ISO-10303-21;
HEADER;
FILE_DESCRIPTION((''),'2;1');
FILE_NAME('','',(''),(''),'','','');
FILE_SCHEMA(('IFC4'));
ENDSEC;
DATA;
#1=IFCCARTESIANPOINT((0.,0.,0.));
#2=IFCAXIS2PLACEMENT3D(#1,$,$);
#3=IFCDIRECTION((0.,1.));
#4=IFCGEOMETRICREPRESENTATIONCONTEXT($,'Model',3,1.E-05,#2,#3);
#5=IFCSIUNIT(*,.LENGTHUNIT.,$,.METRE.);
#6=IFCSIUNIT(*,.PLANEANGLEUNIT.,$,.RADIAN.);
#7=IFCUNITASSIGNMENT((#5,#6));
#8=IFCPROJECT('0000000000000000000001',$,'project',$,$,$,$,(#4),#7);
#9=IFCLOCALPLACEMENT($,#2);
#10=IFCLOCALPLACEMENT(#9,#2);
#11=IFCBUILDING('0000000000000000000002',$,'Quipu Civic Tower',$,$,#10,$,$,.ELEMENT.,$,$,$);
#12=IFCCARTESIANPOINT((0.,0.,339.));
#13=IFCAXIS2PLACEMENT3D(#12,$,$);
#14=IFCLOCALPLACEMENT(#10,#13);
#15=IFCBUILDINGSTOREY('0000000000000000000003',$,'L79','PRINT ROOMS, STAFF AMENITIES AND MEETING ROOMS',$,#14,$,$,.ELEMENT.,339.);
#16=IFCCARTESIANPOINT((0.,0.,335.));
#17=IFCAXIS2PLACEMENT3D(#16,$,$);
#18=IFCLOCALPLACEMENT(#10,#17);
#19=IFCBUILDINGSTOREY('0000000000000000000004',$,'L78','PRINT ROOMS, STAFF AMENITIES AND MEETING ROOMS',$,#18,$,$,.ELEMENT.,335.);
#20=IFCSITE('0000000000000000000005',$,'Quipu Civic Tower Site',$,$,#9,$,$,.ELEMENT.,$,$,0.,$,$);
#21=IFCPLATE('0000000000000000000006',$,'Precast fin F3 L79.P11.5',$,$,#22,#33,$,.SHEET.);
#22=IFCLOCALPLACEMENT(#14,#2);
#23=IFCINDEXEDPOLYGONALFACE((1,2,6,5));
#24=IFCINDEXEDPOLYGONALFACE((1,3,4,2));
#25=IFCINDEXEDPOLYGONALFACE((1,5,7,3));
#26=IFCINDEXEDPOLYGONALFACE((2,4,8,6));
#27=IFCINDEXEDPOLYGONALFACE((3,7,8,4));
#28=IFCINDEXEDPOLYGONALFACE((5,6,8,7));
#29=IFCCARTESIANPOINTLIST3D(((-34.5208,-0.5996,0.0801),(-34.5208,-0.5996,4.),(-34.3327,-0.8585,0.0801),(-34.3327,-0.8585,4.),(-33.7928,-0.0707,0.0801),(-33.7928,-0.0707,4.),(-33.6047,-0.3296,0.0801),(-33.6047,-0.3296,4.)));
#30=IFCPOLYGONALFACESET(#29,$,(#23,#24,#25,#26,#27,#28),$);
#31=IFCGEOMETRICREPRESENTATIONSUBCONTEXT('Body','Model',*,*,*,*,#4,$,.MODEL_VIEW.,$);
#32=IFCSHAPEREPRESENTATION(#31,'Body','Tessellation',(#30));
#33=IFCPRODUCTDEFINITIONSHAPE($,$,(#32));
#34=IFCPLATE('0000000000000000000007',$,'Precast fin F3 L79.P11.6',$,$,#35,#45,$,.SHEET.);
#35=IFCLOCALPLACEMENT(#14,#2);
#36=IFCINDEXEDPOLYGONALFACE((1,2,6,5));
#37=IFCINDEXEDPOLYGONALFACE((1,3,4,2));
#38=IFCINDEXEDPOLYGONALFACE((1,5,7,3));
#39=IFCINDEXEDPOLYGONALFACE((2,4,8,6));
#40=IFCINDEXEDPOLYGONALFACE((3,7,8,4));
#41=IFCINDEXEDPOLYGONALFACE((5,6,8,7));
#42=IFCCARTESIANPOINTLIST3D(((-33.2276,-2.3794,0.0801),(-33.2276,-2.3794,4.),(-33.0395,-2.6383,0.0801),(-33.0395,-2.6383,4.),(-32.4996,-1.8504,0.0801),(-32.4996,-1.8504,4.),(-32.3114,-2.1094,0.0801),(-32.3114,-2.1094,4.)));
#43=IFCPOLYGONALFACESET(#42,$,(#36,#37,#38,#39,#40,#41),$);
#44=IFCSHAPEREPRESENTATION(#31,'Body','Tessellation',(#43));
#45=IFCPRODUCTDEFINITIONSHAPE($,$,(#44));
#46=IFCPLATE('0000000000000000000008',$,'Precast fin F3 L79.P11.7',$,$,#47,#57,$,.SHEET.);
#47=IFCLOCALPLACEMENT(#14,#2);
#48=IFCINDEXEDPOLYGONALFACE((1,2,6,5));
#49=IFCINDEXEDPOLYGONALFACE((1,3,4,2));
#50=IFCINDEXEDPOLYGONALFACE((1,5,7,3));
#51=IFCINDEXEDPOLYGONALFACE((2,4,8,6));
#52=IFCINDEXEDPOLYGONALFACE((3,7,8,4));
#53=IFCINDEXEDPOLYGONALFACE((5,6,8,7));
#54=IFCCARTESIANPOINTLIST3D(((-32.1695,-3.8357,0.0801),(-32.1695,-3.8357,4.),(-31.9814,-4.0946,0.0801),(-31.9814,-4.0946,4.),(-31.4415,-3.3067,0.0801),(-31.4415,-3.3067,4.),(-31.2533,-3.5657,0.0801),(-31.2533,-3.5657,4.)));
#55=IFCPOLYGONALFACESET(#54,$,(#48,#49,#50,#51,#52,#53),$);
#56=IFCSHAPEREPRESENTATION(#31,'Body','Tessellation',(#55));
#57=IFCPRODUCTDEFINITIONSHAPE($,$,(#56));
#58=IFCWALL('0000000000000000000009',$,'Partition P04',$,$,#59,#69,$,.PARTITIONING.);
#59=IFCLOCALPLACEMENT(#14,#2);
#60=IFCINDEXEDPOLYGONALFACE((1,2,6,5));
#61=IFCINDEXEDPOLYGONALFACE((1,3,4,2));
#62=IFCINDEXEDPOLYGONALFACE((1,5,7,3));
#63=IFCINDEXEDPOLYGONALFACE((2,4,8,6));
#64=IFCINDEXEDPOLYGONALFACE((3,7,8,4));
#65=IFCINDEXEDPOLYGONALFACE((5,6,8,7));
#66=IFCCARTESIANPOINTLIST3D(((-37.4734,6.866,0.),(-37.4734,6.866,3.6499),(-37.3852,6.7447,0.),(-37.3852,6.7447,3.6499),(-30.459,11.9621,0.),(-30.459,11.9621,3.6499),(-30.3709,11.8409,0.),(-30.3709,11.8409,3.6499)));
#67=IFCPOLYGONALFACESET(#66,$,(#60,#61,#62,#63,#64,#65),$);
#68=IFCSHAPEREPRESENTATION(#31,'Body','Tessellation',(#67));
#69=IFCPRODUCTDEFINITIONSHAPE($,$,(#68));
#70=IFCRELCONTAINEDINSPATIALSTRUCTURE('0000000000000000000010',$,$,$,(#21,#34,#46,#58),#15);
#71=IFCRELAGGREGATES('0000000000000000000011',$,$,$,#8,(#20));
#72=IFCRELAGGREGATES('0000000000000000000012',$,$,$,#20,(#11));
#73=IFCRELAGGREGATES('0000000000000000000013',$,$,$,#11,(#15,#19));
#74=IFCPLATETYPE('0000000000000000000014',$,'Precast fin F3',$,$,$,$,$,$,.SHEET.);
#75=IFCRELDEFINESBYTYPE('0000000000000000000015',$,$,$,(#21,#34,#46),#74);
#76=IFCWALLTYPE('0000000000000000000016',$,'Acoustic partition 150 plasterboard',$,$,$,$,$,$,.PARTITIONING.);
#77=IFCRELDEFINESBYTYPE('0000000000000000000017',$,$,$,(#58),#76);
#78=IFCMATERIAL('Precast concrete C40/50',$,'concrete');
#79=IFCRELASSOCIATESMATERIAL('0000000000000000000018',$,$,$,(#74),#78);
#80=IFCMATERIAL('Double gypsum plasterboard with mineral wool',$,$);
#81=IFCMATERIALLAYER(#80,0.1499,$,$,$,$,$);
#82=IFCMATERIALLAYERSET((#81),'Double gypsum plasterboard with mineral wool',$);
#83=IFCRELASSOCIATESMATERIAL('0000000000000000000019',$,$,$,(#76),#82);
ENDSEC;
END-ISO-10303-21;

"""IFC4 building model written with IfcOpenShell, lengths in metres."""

from ifc_helpers import new_model, si_unit, direction, frame, frame_2d, origin, origin_2d, place, context, subcontext, project, spatial, rectangle, extrude, material, layer, layer_set, type_object, element, save


model = new_model("IFC4")

# Units and contexts
model_context = context("Model", 3, precision=1e-05, world=origin(), true_north=direction((0.0, 1.0)))
body_context = subcontext(model_context, "Body", "Model", "MODEL_VIEW")
ifc_project = project(units=[si_unit("LENGTHUNIT", "METRE"), si_unit("PLANEANGLEUNIT", "RADIAN")], contexts=[model_context])

# Site, building, storey
site_placement = place(None, origin())
site = spatial("IfcSite", under=ifc_project, at=site_placement, Name="Quipu Civic Tower Site", CompositionType="ELEMENT", RefElevation=0.0)
building_placement = place(site_placement, origin())
building = spatial("IfcBuilding", under=site, at=building_placement, Name="Quipu Civic Tower", CompositionType="ELEMENT")
storey_1_placement = place(building_placement, frame((0.0, 0.0, 339.0)))
storey_1 = spatial("IfcBuildingStorey", under=building, at=storey_1_placement, Name="L79", Description="PRINT ROOMS, STAFF AMENITIES AND MEETING ROOMS", CompositionType="ELEMENT", Elevation=339.0)

# Shared definitions
storey_2_placement = place(building_placement, frame((0.0, 0.0, 335.0)))
storey_2 = spatial("IfcBuildingStorey", under=building, at=storey_2_placement, Name="L78", Description="PRINT ROOMS, STAFF AMENITIES AND MEETING ROOMS", CompositionType="ELEMENT", Elevation=335.0)

# Plates
ifc_material_1 = material(Name="Precast concrete C40/50", Category="concrete")
plate_type_1 = type_object("IfcPlateType", Name="Precast fin F3", PredefinedType="SHEET", material=ifc_material_1)
for number, where, z_axis, x_axis, name in (
    (1, (-34.0627, -0.4646, 0.0801), (0.0, 0.0, 1.0), (0.587787, -0.809016, 0.0), "Precast fin F3 L79.P11.5"),
    (2, (-32.7695, -2.2444, 0.0801), (0.0, 0.0, 1.0), (0.587787, -0.809016, 0.0), "Precast fin F3 L79.P11.6"),
    (3, (-31.7114, -3.7007, 0.0801), (0.0, 0.0, 1.0), (0.587787, -0.809016, 0.0), "Precast fin F3 L79.P11.7"),
):
    element("IfcPlate", number, at=place(storey_1_placement, frame(where, z_axis=z_axis, x_axis=x_axis)), inside=storey_1, type_object=plate_type_1, Name=name, PredefinedType="SHEET", context=body_context, shape_type="SweptSolid", body=[
        extrude(rectangle(XDim=0.3201, YDim=0.8999, at=origin_2d()), origin(), (0.0, 0.0, 1.0), 3.9199),
    ])

# Wall
ifc_material_2 = material(Name="Double gypsum plasterboard with mineral wool")
ifc_layer_1 = layer(ifc_material_2, 0.1499)
ifc_layer_set_1 = layer_set([ifc_layer_1], Name="Double gypsum plasterboard with mineral wool")
wall_type = type_object("IfcWallType", Name="Acoustic partition 150 plasterboard", PredefinedType="PARTITIONING", material=ifc_layer_set_1)
wall_placement = place(storey_1_placement, frame((-37.4292, 6.8054, 0.0), z_axis=(0.0, 0.0, 1.0), x_axis=(0.809021, 0.58778, 0.0)))
element("IfcWall", 4, at=wall_placement, inside=storey_1, type_object=wall_type, Name="Partition P04", PredefinedType="PARTITIONING", context=body_context, shape_type="SweptSolid", body=[
    extrude(rectangle(XDim=8.6702, YDim=0.1499, at=frame_2d((4.335, 0.0))), origin(), (0.0, 0.0, 1.0), 3.6499),
])

save(model, "model.ifc")
